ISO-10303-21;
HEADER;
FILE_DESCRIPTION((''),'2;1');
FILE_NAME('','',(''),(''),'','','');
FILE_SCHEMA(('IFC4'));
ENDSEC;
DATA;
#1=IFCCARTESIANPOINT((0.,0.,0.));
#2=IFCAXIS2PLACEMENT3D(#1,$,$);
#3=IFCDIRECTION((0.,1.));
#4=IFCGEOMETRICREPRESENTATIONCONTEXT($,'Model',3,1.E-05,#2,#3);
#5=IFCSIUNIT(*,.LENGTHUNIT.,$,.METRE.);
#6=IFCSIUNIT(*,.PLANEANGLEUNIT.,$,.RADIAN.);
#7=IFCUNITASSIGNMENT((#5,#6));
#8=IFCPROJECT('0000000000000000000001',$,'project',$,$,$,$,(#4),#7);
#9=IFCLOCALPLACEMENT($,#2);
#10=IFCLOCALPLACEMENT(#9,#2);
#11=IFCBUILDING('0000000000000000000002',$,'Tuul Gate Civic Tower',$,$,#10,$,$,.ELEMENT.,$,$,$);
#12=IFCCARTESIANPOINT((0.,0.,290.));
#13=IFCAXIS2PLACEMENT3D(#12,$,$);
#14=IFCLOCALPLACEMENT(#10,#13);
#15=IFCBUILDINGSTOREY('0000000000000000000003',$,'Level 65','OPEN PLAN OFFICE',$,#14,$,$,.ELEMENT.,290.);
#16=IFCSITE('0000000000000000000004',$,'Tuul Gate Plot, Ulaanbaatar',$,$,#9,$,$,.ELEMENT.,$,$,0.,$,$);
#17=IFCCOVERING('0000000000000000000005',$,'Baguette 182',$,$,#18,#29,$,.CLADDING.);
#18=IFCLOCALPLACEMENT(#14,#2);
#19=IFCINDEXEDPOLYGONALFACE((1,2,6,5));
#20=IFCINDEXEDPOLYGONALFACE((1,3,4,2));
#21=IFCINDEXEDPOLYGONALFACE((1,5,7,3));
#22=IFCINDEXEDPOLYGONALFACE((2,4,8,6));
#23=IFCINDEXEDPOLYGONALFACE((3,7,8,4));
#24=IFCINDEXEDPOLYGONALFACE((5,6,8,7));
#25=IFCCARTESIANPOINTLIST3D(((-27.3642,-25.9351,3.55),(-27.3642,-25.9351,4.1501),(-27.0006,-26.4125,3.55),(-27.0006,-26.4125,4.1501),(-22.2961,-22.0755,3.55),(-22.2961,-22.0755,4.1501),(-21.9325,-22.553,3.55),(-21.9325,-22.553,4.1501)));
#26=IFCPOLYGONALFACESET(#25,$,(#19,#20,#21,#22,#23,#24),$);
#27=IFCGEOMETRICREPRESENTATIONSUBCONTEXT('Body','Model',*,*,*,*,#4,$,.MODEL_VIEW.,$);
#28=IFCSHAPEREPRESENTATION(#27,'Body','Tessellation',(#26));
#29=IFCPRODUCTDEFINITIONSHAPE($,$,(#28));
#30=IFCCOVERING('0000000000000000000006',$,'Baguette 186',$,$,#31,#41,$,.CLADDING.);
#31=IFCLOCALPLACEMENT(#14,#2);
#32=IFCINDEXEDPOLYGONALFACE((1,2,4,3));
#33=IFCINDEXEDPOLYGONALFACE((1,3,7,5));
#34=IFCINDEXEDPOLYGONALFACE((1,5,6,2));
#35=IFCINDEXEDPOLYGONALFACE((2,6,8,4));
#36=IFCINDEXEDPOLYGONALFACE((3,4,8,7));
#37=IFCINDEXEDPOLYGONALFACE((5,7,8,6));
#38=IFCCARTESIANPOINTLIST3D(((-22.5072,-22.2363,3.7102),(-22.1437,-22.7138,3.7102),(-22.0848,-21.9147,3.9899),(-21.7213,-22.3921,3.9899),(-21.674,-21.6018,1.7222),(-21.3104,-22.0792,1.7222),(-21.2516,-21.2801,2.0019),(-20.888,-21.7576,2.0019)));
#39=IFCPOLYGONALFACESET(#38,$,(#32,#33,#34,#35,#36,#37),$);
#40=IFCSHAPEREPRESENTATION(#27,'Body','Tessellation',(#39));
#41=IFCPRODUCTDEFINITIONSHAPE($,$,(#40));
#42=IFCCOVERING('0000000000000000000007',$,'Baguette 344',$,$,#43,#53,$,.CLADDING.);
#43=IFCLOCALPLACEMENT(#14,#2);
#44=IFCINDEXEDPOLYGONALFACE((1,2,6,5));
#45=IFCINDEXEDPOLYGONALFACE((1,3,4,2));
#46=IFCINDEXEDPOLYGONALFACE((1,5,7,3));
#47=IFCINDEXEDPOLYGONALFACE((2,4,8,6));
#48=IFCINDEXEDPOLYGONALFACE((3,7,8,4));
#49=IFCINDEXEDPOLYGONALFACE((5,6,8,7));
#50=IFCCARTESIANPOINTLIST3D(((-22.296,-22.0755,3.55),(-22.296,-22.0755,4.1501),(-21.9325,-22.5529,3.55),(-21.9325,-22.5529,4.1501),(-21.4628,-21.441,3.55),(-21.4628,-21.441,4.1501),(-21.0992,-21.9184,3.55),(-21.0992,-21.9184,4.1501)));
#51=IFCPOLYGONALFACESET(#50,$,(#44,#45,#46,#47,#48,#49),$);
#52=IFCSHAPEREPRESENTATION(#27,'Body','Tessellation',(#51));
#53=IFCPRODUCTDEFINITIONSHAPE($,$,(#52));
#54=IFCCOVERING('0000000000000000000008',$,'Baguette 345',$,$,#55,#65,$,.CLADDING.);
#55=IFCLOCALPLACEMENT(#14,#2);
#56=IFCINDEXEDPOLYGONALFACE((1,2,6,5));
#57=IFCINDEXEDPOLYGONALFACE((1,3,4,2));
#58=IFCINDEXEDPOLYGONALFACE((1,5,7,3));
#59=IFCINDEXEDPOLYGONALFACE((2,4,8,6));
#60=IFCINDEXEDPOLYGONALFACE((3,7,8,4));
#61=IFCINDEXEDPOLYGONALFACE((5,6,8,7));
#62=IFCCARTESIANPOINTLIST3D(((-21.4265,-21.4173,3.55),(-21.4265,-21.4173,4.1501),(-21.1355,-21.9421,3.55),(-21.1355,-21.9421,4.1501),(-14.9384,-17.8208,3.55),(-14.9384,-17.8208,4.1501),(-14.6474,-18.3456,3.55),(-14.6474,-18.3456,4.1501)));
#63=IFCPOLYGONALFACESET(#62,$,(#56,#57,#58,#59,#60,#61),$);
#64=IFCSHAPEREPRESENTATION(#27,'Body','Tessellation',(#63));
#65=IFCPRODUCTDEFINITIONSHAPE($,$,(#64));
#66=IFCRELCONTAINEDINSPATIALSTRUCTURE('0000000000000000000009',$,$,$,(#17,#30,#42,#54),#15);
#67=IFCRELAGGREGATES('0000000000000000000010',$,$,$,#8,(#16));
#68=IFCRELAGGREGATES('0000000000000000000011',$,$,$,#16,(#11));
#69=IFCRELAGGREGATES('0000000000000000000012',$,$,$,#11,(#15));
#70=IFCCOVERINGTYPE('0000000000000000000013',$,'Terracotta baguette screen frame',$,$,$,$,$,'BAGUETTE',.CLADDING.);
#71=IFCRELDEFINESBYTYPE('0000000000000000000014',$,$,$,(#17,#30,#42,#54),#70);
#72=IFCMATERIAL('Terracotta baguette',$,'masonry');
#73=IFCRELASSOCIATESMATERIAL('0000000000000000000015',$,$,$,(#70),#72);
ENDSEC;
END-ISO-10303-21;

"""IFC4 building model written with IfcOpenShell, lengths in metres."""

from ifc_helpers import new_model, si_unit, direction, frame, origin, origin_2d, place, context, subcontext, project, spatial, rectangle, extrude, material, material_profile, profile_set, type_object, element, save


model = new_model("IFC4")

# Units and contexts
model_context = context("Model", 3, precision=1e-05, world=origin(), true_north=direction((0.0, 1.0)))
body_context = subcontext(model_context, "Body", "Model", "MODEL_VIEW")
ifc_project = project(units=[si_unit("LENGTHUNIT", "METRE"), si_unit("PLANEANGLEUNIT", "RADIAN")], contexts=[model_context])

# Site, building, storey
site_placement = place(None, origin())
site = spatial("IfcSite", under=ifc_project, at=site_placement, Name="Tuul Gate Plot, Ulaanbaatar", CompositionType="ELEMENT", RefElevation=0.0)
building_placement = place(site_placement, origin())
building = spatial("IfcBuilding", under=site, at=building_placement, Name="Tuul Gate Civic Tower", CompositionType="ELEMENT")
storey_placement = place(building_placement, frame((0.0, 0.0, 290.0)))
storey = spatial("IfcBuildingStorey", under=building, at=storey_placement, Name="Level 65", Description="OPEN PLAN OFFICE", CompositionType="ELEMENT", Elevation=290.0)

# Coverings
ifc_material_1 = material(Name="Terracotta baguette", Category="masonry")
ifc_material_profile_1 = material_profile(ifc_material_1, rectangle(XDim=0.6001, YDim=0.6001, at=origin_2d()), Name="Terracotta baguette screen frame")
ifc_profile_set_1 = profile_set([ifc_material_profile_1], Name="Terracotta baguette")
covering_type = type_object("IfcCoveringType", Name="Terracotta baguette screen frame", ElementType="BAGUETTE", PredefinedType="CLADDING", material=ifc_profile_set_1)
covering_1_placement = place(storey_placement, frame((-27.1824, -26.1738, 3.8501), z_axis=(0.795568, 0.605864, 0.0), x_axis=(-0.605864, 0.795568, 0.0)))
element("IfcCovering", 1, at=covering_1_placement, inside=storey, type_object=covering_type, Name="Baguette 182", PredefinedType="CLADDING", context=body_context, shape_type="SweptSolid", body=[
    extrude(rectangle(XDim=0.6001, YDim=0.6001, at=origin_2d()), origin(), (0.0, 0.0, 1.0), 6.3704),
])
covering_2_placement = place(storey_placement, frame((-22.1143, -22.3142, 3.8501), z_axis=(0.370821, 0.28238, -0.884733), x_axis=(-0.60584, 0.795587, 0.0)))
element("IfcCovering", 2, at=covering_2_placement, inside=storey, type_object=covering_type, Name="Baguette 186", PredefinedType="CLADDING", context=body_context, shape_type="SweptSolid", body=[
    extrude(rectangle(XDim=0.6001, YDim=0.6001, at=origin_2d()), origin(), (0.0, 0.0, 1.0), 2.2471),
])
covering_3_placement = place(storey_placement, frame((-22.1143, -22.3142, 3.8501), z_axis=(0.795587, 0.60584, 0.0), x_axis=(-0.60584, 0.795587, 0.0)))
element("IfcCovering", 3, at=covering_3_placement, inside=storey, type_object=covering_type, Name="Baguette 344", PredefinedType="CLADDING", context=body_context, shape_type="SweptSolid", body=[
    extrude(rectangle(XDim=0.6001, YDim=0.6001, at=origin_2d()), origin(), (0.0, 0.0, 1.0), 1.0474),
])
covering_4_placement = place(storey_placement, frame((-21.281, -21.6797, 3.8501), z_axis=(0.874616, 0.484816, 0.0), x_axis=(-0.484816, 0.874616, 0.0)))
element("IfcCovering", 4, at=covering_4_placement, inside=storey, type_object=covering_type, Name="Baguette 345", PredefinedType="CLADDING", context=body_context, shape_type="SweptSolid", body=[
    extrude(rectangle(XDim=0.6001, YDim=0.6001, at=origin_2d()), origin(), (0.0, 0.0, 1.0), 7.4182),
])

save(model, "model.ifc")
